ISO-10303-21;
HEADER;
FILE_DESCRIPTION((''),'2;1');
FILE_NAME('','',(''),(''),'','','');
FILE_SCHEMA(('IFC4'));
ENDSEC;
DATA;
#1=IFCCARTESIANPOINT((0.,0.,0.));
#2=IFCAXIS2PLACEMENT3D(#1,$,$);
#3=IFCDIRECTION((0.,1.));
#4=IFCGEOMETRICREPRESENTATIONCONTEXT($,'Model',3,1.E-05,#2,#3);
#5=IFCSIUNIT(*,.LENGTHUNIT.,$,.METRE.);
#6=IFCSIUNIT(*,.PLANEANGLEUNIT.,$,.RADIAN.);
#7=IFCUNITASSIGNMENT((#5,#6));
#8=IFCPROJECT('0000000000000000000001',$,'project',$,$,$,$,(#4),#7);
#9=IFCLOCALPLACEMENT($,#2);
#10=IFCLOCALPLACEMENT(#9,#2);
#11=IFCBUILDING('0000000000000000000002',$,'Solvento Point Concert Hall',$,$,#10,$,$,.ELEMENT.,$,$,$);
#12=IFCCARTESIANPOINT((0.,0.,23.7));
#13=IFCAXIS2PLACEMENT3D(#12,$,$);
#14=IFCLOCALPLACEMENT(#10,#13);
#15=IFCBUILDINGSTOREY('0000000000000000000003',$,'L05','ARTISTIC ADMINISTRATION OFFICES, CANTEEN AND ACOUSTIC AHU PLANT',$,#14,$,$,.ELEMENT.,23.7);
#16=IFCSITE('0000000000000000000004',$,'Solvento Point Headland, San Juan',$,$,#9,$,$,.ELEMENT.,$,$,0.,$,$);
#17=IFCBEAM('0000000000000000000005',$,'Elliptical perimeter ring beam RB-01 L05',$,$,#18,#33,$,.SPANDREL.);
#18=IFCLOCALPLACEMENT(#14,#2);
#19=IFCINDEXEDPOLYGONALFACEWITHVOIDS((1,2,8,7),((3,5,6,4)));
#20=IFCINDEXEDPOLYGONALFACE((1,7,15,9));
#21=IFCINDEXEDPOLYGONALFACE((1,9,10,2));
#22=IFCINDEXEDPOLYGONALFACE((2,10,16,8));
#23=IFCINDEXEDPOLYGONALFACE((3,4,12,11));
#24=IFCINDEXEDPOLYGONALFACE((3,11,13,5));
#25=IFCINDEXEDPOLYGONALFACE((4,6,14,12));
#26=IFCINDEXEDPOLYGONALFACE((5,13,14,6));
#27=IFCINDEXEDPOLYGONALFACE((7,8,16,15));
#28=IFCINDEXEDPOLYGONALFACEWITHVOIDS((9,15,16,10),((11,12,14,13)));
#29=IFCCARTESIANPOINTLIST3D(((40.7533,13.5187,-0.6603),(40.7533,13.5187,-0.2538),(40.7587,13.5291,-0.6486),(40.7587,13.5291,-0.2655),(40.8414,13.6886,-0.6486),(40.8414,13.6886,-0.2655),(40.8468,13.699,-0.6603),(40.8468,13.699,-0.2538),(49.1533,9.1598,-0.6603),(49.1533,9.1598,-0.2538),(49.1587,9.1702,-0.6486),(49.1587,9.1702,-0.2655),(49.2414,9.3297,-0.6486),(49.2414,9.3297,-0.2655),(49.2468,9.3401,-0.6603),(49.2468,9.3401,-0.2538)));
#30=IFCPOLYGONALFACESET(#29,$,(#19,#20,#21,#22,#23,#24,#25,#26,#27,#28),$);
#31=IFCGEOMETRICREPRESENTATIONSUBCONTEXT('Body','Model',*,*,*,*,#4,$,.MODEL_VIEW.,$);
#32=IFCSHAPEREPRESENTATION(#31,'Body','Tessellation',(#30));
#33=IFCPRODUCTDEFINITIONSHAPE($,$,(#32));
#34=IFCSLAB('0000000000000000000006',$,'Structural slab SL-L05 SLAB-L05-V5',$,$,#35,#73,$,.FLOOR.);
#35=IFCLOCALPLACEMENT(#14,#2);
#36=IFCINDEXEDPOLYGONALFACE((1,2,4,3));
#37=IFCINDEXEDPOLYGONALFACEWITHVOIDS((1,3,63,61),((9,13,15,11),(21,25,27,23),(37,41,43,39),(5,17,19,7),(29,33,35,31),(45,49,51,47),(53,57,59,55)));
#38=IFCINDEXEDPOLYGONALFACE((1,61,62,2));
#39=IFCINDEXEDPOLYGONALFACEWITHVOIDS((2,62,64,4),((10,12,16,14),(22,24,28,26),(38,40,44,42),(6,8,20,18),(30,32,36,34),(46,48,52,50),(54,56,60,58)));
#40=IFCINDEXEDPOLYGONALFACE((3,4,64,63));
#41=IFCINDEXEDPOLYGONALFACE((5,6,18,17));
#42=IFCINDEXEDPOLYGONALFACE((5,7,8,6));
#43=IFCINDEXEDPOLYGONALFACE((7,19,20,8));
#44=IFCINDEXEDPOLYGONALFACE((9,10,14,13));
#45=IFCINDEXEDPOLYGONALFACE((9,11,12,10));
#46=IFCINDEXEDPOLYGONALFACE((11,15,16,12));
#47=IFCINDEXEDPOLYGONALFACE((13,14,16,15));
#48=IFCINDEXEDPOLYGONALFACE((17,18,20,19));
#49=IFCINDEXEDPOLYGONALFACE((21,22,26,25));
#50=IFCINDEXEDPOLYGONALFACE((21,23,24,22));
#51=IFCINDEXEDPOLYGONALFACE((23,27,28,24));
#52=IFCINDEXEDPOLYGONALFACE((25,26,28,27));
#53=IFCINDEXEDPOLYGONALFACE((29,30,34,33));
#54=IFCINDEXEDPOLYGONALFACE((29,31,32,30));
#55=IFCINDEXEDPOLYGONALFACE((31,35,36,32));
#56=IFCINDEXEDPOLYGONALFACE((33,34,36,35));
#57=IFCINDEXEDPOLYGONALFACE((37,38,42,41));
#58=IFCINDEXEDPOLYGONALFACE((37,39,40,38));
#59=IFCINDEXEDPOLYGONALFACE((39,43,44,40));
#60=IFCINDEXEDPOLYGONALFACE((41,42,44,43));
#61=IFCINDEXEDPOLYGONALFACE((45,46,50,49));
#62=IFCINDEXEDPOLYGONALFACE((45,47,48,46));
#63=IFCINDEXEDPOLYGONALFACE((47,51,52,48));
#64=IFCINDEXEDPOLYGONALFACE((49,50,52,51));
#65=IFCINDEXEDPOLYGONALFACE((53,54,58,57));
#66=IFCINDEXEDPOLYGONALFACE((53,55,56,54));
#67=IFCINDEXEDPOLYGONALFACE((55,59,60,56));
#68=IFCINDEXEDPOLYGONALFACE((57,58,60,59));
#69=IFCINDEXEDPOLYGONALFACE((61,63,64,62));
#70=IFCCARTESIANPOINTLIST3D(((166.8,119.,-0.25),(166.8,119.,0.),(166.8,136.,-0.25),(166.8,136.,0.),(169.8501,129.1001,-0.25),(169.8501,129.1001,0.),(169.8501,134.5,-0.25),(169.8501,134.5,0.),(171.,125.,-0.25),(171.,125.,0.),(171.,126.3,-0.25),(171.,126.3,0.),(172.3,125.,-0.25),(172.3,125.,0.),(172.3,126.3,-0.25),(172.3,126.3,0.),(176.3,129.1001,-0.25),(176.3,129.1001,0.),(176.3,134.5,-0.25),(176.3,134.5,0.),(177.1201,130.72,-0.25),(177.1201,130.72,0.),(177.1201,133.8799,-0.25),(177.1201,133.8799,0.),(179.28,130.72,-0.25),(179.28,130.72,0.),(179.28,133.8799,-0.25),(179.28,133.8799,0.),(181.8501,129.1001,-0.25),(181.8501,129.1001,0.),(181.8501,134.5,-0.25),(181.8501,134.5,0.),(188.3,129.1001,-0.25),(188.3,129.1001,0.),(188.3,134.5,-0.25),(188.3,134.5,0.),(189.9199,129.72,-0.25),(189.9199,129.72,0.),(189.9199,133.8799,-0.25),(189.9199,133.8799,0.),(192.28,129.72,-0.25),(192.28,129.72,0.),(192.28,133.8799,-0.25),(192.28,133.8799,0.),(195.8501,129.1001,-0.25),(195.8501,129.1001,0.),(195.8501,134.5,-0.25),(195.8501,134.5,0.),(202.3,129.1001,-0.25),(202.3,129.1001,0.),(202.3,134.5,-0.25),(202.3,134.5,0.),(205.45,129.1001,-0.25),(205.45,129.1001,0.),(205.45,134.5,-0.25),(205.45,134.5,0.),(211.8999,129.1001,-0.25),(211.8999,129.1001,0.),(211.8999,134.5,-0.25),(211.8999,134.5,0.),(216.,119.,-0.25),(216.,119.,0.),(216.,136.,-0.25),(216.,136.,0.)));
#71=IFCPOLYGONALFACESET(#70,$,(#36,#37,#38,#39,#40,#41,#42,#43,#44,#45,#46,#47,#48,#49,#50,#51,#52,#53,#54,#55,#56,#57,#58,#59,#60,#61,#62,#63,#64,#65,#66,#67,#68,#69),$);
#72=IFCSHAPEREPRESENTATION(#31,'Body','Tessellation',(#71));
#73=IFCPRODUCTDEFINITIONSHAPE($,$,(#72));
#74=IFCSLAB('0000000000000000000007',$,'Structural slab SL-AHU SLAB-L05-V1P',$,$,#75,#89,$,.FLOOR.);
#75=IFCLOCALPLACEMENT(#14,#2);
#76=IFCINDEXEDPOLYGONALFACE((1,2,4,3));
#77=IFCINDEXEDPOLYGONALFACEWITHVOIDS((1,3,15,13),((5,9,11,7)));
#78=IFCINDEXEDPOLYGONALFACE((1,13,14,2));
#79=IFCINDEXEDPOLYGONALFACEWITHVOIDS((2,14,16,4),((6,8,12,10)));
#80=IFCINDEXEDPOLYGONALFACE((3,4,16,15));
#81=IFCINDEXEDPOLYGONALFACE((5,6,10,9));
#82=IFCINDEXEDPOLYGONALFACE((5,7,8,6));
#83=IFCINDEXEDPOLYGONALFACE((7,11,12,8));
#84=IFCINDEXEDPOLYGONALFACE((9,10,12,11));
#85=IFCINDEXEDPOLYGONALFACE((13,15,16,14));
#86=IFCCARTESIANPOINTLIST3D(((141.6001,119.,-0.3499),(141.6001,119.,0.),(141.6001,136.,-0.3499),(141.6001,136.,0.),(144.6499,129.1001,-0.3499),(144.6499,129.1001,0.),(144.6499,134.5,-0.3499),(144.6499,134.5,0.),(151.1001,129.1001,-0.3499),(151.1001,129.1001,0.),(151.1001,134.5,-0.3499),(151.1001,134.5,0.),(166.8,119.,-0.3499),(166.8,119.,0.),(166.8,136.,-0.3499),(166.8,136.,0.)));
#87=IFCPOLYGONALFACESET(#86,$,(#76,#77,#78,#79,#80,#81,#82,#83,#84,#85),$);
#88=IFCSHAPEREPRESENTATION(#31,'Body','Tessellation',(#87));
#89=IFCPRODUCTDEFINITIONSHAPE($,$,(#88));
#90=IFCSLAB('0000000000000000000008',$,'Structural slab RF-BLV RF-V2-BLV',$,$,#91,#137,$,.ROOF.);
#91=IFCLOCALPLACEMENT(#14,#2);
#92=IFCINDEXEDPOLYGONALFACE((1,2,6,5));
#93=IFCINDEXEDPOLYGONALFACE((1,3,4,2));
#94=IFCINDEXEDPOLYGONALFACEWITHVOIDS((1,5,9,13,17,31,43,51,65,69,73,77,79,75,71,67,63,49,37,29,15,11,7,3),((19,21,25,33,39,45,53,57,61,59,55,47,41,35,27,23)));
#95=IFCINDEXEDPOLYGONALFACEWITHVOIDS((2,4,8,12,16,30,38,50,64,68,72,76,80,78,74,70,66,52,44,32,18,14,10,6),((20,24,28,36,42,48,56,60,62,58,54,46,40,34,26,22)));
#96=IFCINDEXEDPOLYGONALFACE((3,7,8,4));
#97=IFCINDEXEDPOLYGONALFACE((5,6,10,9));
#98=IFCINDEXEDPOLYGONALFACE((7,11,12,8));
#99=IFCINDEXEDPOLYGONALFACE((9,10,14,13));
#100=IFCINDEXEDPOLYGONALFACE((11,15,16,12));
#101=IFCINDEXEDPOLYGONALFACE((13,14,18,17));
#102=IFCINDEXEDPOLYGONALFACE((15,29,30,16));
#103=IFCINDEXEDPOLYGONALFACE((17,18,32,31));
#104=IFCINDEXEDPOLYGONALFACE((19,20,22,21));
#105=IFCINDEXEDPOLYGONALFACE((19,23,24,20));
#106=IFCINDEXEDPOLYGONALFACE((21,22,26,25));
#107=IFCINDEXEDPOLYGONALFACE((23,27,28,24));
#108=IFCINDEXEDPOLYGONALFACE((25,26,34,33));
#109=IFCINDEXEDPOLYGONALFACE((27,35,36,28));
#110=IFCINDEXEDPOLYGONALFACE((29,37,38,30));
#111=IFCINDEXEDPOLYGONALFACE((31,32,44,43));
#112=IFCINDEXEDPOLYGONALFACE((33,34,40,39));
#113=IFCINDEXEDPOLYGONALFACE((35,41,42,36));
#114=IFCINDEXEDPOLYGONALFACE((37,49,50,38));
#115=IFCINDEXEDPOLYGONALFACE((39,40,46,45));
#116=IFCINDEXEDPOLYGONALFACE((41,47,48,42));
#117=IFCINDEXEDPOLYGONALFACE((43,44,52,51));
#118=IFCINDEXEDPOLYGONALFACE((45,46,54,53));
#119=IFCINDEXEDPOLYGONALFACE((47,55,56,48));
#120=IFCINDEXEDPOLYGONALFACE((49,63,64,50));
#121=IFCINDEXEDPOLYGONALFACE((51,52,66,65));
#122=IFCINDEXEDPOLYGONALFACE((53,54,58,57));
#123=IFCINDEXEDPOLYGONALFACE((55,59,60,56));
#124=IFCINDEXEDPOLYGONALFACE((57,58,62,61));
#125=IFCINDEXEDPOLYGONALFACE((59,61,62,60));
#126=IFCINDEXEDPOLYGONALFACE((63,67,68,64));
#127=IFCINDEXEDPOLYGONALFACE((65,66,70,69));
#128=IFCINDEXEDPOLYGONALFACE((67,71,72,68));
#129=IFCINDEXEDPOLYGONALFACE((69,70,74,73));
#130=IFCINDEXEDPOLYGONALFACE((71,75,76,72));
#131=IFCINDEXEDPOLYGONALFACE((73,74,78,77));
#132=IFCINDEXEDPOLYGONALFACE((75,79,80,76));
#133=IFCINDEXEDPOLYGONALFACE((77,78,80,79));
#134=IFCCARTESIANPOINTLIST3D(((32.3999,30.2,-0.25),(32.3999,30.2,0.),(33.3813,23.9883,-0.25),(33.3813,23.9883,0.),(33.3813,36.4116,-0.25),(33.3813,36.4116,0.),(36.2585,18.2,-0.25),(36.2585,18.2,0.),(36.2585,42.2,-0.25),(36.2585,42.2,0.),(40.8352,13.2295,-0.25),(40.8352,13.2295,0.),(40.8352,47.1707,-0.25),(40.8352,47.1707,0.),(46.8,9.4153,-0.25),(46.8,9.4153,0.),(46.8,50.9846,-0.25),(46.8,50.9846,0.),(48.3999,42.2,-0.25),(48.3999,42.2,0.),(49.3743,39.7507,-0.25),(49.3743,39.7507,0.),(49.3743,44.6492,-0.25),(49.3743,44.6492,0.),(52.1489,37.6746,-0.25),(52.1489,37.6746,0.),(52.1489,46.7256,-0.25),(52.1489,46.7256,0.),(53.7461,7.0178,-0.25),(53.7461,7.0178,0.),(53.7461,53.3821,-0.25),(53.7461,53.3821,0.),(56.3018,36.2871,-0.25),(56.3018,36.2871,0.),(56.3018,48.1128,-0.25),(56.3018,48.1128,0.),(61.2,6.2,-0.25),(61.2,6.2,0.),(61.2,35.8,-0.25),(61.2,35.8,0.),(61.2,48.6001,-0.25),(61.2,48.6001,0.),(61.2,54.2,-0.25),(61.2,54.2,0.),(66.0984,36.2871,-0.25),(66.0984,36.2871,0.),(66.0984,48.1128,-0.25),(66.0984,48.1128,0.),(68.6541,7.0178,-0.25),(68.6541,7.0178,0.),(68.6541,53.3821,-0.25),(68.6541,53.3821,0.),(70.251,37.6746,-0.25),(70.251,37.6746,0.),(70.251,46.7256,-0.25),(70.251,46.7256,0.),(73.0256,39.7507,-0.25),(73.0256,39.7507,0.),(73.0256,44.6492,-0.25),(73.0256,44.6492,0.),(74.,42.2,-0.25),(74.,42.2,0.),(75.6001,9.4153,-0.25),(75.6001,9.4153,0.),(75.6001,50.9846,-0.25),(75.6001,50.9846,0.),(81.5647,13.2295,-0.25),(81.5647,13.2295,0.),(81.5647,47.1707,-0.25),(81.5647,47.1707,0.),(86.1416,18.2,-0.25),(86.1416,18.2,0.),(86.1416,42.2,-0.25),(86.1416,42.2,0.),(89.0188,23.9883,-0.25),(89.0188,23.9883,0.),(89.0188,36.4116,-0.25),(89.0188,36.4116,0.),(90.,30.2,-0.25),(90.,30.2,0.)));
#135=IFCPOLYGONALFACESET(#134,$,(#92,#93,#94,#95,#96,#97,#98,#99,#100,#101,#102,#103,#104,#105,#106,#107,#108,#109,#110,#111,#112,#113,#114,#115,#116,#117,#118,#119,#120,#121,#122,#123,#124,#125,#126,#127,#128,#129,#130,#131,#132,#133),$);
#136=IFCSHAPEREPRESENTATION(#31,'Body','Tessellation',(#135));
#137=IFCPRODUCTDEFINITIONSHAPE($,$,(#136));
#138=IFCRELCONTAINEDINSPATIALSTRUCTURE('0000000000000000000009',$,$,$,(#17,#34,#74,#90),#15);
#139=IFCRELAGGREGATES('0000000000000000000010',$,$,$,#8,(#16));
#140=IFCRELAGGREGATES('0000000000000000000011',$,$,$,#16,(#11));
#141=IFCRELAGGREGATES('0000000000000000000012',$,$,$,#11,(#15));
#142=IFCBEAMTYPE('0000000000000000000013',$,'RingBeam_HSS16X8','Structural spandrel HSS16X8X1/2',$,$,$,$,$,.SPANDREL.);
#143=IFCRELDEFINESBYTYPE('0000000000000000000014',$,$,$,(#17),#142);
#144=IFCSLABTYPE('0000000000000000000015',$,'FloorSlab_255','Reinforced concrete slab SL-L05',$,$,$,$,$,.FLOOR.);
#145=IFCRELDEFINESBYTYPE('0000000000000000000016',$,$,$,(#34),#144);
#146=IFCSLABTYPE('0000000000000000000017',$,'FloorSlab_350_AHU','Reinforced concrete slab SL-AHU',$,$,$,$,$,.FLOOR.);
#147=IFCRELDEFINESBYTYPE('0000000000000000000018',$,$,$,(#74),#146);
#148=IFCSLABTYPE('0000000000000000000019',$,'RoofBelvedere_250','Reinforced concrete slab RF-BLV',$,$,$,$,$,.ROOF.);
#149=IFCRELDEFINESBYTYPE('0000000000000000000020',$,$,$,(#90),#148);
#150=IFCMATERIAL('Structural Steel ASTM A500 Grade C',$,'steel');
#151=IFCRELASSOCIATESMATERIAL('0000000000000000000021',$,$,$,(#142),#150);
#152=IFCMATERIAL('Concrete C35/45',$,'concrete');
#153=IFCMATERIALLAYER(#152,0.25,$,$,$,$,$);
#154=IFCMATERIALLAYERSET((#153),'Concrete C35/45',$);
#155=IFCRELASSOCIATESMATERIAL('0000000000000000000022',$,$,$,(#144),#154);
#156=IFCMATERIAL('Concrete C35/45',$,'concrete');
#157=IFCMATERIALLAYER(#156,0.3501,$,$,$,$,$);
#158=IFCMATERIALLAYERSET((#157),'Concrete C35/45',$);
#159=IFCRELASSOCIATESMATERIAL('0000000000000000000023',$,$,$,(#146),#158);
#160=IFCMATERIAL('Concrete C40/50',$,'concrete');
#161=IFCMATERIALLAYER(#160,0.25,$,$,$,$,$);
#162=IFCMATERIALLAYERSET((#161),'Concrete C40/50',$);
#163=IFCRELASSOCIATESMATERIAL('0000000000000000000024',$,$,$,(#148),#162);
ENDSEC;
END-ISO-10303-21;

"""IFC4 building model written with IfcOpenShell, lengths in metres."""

from ifc_helpers import new_model, si_unit, direction, frame, origin, origin_2d, place, context, subcontext, project, spatial, polyline, hollow_rectangle, outline, extrude, material, layer, layer_set, material_profile, profile_set, type_object, element, save


model = new_model("IFC4")

# Units and contexts
model_context = context("Model", 3, precision=1e-05, world=origin(), true_north=direction((0.0, 1.0)))
body_context = subcontext(model_context, "Body", "Model", "MODEL_VIEW")
ifc_project = project(units=[si_unit("LENGTHUNIT", "METRE"), si_unit("PLANEANGLEUNIT", "RADIAN")], contexts=[model_context])

# Site, building, storey
site_placement = place(None, origin())
site = spatial("IfcSite", under=ifc_project, at=site_placement, Name="Solvento Point Headland, San Juan", CompositionType="ELEMENT", RefElevation=0.0)
building_placement = place(site_placement, origin())
building = spatial("IfcBuilding", under=site, at=building_placement, Name="Solvento Point Concert Hall", CompositionType="ELEMENT")
storey_placement = place(building_placement, frame((0.0, 0.0, 23.7)))
storey = spatial("IfcBuildingStorey", under=building, at=storey_placement, Name="L05", Description="ARTISTIC ADMINISTRATION OFFICES, CANTEEN AND ACOUSTIC AHU PLANT", CompositionType="ELEMENT", Elevation=23.7)

# Beam
ifc_material_1 = material(Name="Structural Steel ASTM A500 Grade C", Category="steel")
ifc_material_profile_1 = material_profile(ifc_material_1, hollow_rectangle(XDim=0.2031, YDim=0.4065, WallThickness=0.0117, at=origin_2d()), Name="HSS16X8X1/2")
ifc_profile_set_1 = profile_set([ifc_material_profile_1], Name="Structural Steel ASTM A500 Grade C")
beam_type_1 = type_object("IfcBeamType", Name="RingBeam_HSS16X8", Description="Structural spandrel HSS16X8X1/2", PredefinedType="SPANDREL", material=ifc_profile_set_1)
beam_1_placement = place(storey_placement, frame((40.8, 13.6089, -0.457), z_axis=(0.887608, -0.460599, 0.0), x_axis=(0.460599, 0.887608, 0.0)))
element("IfcBeam", 1, at=beam_1_placement, inside=storey, type_object=beam_type_1, Name="Elliptical perimeter ring beam RB-01 L05", PredefinedType="SPANDREL", context=body_context, shape_type="SweptSolid", body=[
    extrude(hollow_rectangle(XDim=0.2031, YDim=0.4065, WallThickness=0.0117, at=origin_2d()), origin(), (0.0, 0.0, 1.0), 9.4636),
])

# Slabs
ifc_material_2 = material(Name="Concrete C35/45", Category="concrete")
ifc_layer_1 = layer(ifc_material_2, 0.25)
ifc_layer_set_1 = layer_set([ifc_layer_1], Name="Concrete C35/45")
slab_type_1 = type_object("IfcSlabType", Name="FloorSlab_255", Description="Reinforced concrete slab SL-L05", PredefinedType="FLOOR", material=ifc_layer_set_1)
slab_1_placement = place(storey_placement, frame((0.0, 0.0, -0.25)))
element("IfcSlab", 2, at=slab_1_placement, inside=storey, type_object=slab_type_1, Name="Structural slab SL-L05 SLAB-L05-V5", PredefinedType="FLOOR", context=body_context, shape_type="SweptSolid", body=[
    extrude(outline(polyline([(166.8, 136.0), (216.0, 136.0), (216.0, 119.0), (166.8, 119.0), (166.8, 136.0)]), holes=[polyline([(211.8999, 134.5), (205.45, 134.5), (205.45, 129.1001), (211.8999, 129.1001), (211.8999, 134.5)]), polyline([(195.8501, 134.5), (195.8501, 129.1001), (202.3, 129.1001), (202.3, 134.5), (195.8501, 134.5)]), polyline([(192.28, 133.8799), (189.9199, 133.8799), (189.9199, 129.72), (192.28, 129.72), (192.28, 133.8799)]), polyline([(188.3, 134.5), (181.8501, 134.5), (181.8501, 129.1001), (188.3, 129.1001), (188.3, 134.5)]), polyline([(179.28, 133.8799), (177.1201, 133.8799), (177.1201, 130.72), (179.28, 130.72), (179.28, 133.8799)]), polyline([(169.8501, 134.5), (169.8501, 129.1001), (176.3, 129.1001), (176.3, 134.5), (169.8501, 134.5)]), polyline([(172.3, 126.3), (171.0, 126.3), (171.0, 125.0), (172.3, 125.0), (172.3, 126.3)])]), origin(), (0.0, 0.0, 1.0), 0.25),
])
ifc_material_3 = material(Name="Concrete C35/45", Category="concrete")
ifc_layer_2 = layer(ifc_material_3, 0.3501)
ifc_layer_set_2 = layer_set([ifc_layer_2], Name="Concrete C35/45")
slab_type_2 = type_object("IfcSlabType", Name="FloorSlab_350_AHU", Description="Reinforced concrete slab SL-AHU", PredefinedType="FLOOR", material=ifc_layer_set_2)
slab_2_placement = place(storey_placement, frame((0.0, 0.0, -0.3499)))
element("IfcSlab", 3, at=slab_2_placement, inside=storey, type_object=slab_type_2, Name="Structural slab SL-AHU SLAB-L05-V1P", PredefinedType="FLOOR", context=body_context, shape_type="SweptSolid", body=[
    extrude(outline(polyline([(141.6001, 136.0), (166.8, 136.0), (166.8, 119.0), (141.6001, 119.0), (141.6001, 136.0)]), holes=[polyline([(151.1001, 134.5), (144.6499, 134.5), (144.6499, 129.1001), (151.1001, 129.1001), (151.1001, 134.5)])]), origin(), (0.0, 0.0, 1.0), 0.3499),
])
ifc_material_4 = material(Name="Concrete C40/50", Category="concrete")
ifc_layer_3 = layer(ifc_material_4, 0.25)
ifc_layer_set_3 = layer_set([ifc_layer_3], Name="Concrete C40/50")
slab_type_3 = type_object("IfcSlabType", Name="RoofBelvedere_250", Description="Reinforced concrete slab RF-BLV", PredefinedType="ROOF", material=ifc_layer_set_3)
slab_3_placement = place(storey_placement, frame((0.0, 0.0, -0.25)))
element("IfcSlab", 4, at=slab_3_placement, inside=storey, type_object=slab_type_3, Name="Structural slab RF-BLV RF-V2-BLV", PredefinedType="ROOF", context=body_context, shape_type="SweptSolid", body=[
    extrude(outline(polyline([(86.1416, 18.2), (81.5647, 13.2295), (75.6001, 9.4153), (68.6541, 7.0178), (61.2, 6.2), (53.7461, 7.0178), (46.8, 9.4153), (40.8352, 13.2295), (36.2585, 18.2), (33.3813, 23.9883), (32.3999, 30.2), (33.3813, 36.4116), (36.2585, 42.2), (40.8352, 47.1707), (46.8, 50.9846), (53.7461, 53.3821), (61.2, 54.2), (68.6541, 53.3821), (75.6001, 50.9846), (81.5647, 47.1707), (86.1416, 42.2), (89.0188, 36.4116), (90.0, 30.2), (89.0188, 23.9883), (86.1416, 18.2)]), holes=[polyline([(70.251, 46.7256), (66.0984, 48.1128), (61.2, 48.6001), (56.3018, 48.1128), (52.1489, 46.7256), (49.3743, 44.6492), (48.3999, 42.2), (49.3743, 39.7507), (52.1489, 37.6746), (56.3018, 36.2871), (61.2, 35.8), (66.0984, 36.2871), (70.251, 37.6746), (73.0256, 39.7507), (74.0, 42.2), (73.0256, 44.6492), (70.251, 46.7256)])]), origin(), (0.0, 0.0, 1.0), 0.25),
])

save(model, "model.ifc")
